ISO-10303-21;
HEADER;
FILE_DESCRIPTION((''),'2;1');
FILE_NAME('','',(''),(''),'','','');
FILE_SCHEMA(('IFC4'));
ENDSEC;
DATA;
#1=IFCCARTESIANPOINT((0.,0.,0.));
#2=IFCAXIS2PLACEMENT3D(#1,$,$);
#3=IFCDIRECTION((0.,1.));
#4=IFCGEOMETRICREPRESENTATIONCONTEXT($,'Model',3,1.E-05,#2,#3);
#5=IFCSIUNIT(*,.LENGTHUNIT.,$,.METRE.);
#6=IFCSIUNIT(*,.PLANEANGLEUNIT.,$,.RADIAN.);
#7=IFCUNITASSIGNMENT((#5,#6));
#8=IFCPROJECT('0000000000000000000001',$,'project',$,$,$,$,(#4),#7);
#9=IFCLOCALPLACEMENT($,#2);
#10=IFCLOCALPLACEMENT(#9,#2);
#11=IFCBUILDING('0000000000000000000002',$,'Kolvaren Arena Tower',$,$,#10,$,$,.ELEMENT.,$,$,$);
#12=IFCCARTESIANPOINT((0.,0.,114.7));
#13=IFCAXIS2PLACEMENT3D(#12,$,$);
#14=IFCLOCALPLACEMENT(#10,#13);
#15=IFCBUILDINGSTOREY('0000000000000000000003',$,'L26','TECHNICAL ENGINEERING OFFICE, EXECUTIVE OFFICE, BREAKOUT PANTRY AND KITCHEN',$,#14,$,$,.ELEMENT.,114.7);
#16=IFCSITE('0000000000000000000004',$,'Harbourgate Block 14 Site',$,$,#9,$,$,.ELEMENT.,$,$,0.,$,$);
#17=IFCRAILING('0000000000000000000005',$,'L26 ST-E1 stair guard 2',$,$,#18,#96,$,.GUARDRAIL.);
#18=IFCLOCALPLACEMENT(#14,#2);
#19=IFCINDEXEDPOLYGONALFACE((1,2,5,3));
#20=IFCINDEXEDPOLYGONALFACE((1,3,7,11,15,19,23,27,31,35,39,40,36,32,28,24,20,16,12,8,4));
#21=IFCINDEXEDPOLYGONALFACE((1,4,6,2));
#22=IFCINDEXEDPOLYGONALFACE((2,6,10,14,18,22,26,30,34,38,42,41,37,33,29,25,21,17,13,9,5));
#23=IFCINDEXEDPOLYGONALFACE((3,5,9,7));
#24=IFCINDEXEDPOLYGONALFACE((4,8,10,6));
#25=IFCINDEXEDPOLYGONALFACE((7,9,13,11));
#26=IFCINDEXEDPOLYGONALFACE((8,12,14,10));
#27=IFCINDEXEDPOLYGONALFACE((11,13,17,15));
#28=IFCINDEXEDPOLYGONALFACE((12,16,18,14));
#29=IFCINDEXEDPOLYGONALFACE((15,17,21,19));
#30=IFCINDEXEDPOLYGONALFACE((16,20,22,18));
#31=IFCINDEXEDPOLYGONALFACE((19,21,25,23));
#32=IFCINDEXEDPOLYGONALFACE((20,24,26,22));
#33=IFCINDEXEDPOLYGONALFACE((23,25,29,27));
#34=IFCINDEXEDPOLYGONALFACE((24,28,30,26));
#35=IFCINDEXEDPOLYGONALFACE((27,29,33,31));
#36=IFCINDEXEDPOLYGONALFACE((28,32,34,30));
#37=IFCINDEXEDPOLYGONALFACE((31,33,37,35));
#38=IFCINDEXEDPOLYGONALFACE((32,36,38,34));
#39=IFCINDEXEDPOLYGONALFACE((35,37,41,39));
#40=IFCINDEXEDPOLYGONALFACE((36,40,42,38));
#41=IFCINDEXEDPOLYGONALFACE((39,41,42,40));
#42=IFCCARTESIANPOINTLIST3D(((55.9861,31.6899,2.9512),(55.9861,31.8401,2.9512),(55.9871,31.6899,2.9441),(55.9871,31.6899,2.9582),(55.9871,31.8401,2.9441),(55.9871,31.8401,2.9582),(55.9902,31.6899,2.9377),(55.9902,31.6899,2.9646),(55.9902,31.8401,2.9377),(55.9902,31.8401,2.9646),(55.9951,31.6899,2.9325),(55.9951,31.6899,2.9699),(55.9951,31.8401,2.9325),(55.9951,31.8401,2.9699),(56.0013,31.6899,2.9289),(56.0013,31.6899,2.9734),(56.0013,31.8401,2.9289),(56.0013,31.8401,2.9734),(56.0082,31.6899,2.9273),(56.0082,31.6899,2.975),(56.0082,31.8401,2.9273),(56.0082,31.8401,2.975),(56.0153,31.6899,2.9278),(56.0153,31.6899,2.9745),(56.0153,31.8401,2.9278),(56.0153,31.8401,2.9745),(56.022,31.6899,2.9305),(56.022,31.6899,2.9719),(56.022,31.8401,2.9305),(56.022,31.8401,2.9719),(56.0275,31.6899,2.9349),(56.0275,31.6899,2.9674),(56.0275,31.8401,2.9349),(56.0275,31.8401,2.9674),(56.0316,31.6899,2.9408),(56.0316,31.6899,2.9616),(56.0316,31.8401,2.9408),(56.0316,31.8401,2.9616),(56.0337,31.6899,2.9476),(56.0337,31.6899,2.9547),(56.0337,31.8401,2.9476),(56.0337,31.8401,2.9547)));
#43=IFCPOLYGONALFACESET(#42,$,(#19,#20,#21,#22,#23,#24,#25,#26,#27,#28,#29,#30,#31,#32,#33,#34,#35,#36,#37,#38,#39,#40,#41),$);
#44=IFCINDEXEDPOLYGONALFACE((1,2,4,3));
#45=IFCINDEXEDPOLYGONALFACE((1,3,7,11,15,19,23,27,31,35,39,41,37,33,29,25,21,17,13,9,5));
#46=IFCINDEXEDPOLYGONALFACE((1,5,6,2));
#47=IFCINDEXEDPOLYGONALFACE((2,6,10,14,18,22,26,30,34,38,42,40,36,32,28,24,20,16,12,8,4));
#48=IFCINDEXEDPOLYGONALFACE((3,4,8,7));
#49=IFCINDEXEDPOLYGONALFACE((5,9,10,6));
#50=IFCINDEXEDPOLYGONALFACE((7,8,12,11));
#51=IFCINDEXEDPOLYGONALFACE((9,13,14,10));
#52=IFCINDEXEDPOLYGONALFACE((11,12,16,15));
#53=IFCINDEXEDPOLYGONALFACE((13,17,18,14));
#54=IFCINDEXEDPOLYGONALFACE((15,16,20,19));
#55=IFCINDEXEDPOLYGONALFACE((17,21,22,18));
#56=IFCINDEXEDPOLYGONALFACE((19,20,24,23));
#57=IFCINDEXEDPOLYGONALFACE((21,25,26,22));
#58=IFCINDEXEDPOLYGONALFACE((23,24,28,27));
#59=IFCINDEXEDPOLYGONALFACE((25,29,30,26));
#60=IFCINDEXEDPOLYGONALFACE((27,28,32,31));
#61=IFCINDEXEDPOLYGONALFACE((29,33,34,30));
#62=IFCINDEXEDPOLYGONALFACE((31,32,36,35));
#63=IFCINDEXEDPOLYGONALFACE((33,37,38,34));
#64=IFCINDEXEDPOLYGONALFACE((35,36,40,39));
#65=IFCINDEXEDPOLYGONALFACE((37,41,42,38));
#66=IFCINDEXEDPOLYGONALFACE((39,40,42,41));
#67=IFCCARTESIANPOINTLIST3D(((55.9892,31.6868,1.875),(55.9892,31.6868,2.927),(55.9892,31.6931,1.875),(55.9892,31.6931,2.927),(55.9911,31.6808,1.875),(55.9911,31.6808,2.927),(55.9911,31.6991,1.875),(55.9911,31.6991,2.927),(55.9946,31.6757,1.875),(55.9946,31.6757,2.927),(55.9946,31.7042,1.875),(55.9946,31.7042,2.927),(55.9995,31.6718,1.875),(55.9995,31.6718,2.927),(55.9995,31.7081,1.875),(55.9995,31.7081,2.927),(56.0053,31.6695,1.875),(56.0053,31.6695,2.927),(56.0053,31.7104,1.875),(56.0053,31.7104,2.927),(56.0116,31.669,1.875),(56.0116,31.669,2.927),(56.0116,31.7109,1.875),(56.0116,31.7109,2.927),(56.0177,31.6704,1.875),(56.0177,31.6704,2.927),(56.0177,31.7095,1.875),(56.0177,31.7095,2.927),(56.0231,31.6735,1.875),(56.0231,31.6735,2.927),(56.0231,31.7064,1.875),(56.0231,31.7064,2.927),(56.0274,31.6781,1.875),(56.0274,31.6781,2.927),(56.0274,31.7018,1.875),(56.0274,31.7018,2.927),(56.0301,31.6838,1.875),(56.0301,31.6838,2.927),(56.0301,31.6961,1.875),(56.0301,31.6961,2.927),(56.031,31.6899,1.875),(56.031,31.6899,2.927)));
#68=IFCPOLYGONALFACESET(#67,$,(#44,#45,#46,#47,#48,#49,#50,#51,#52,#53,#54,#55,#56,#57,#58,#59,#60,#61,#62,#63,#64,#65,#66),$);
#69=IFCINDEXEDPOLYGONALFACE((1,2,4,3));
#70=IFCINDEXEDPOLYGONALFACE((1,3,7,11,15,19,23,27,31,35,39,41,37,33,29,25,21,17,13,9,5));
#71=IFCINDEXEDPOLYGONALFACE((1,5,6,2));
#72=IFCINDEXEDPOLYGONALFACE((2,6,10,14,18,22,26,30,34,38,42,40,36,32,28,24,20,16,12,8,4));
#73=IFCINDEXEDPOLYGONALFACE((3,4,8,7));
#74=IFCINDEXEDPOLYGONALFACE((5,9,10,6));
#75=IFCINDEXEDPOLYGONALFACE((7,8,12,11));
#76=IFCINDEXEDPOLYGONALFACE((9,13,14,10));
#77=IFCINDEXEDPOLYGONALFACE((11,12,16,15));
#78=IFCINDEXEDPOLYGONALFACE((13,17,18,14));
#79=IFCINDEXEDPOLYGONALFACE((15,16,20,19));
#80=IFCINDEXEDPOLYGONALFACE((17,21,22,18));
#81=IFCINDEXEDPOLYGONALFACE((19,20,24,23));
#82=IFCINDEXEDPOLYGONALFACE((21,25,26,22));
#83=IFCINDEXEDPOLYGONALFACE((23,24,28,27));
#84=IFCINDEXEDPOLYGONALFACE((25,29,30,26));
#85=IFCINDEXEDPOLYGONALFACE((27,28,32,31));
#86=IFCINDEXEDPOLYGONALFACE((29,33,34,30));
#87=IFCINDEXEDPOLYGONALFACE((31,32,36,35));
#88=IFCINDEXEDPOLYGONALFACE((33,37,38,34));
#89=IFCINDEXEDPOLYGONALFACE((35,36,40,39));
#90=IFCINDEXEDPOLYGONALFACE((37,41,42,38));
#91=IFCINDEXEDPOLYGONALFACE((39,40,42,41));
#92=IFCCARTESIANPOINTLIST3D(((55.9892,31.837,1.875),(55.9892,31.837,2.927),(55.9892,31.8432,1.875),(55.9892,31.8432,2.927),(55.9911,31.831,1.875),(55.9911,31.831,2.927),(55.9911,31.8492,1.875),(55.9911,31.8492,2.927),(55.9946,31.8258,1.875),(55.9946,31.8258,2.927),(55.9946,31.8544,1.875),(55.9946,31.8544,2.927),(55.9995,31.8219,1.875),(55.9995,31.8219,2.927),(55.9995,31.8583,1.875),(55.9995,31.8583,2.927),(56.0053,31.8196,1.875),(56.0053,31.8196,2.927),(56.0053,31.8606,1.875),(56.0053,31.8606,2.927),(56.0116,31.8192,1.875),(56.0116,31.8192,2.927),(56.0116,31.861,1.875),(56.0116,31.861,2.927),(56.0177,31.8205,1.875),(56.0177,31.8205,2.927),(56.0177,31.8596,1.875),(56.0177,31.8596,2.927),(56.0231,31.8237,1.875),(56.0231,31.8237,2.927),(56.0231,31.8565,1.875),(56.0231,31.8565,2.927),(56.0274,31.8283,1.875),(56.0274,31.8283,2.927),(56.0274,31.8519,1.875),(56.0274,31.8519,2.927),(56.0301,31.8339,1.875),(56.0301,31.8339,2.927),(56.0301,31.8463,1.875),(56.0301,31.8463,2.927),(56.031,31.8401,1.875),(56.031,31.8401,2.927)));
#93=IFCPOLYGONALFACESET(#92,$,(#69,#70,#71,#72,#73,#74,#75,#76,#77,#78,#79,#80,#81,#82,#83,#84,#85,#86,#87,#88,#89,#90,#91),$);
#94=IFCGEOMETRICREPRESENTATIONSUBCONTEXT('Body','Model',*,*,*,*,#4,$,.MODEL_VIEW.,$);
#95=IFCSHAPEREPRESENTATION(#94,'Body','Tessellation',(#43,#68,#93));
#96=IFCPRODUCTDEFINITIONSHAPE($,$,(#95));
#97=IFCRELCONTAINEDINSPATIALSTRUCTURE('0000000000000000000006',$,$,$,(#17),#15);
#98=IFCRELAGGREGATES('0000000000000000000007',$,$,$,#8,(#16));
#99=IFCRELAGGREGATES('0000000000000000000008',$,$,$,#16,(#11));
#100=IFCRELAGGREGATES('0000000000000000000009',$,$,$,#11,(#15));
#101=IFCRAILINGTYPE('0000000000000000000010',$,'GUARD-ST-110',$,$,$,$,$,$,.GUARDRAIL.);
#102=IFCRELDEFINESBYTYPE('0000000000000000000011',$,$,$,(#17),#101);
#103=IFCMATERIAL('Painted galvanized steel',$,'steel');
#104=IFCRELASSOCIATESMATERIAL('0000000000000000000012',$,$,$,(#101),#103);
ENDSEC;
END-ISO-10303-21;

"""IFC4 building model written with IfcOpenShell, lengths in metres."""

from ifc_helpers import new_model, si_unit, direction, frame, origin, origin_2d, place, context, subcontext, project, spatial, circle, extrude, material, type_object, element, save


model = new_model("IFC4")

# Units and contexts
model_context = context("Model", 3, precision=1e-05, world=origin(), true_north=direction((0.0, 1.0)))
body_context = subcontext(model_context, "Body", "Model", "MODEL_VIEW")
ifc_project = project(units=[si_unit("LENGTHUNIT", "METRE"), si_unit("PLANEANGLEUNIT", "RADIAN")], contexts=[model_context])

# Site, building, storey
site_placement = place(None, origin())
site = spatial("IfcSite", under=ifc_project, at=site_placement, Name="Harbourgate Block 14 Site", CompositionType="ELEMENT", RefElevation=0.0)
building_placement = place(site_placement, origin())
building = spatial("IfcBuilding", under=site, at=building_placement, Name="Kolvaren Arena Tower", CompositionType="ELEMENT")
storey_placement = place(building_placement, frame((0.0, 0.0, 114.7)))
storey = spatial("IfcBuildingStorey", under=building, at=storey_placement, Name="L26", Description="TECHNICAL ENGINEERING OFFICE, EXECUTIVE OFFICE, BREAKOUT PANTRY AND KITCHEN", CompositionType="ELEMENT", Elevation=114.7)

# Railing
ifc_material_1 = material(Name="Painted galvanized steel", Category="steel")
railing_type_1 = type_object("IfcRailingType", Name="GUARD-ST-110", PredefinedType="GUARDRAIL", material=ifc_material_1)
railing_1_placement = place(storey_placement, frame((56.01, 31.6899, 1.875)))
element("IfcRailing", 1, at=railing_1_placement, inside=storey, type_object=railing_type_1, Name="L26 ST-E1 stair guard 2", PredefinedType="GUARDRAIL", context=body_context, shape_type="SweptSolid", body=[
    extrude(circle(Radius=0.0239, at=origin_2d()), frame((0.0, 0.0, 1.0762), z_axis=(0.0, 1.0, 0.0), x_axis=(-1.0, 0.0, 0.0)), (0.0, 0.0, 1.0), 0.1501),
    extrude(circle(Radius=0.021, at=origin_2d()), origin(), (0.0, 0.0, 1.0), 1.052),
    extrude(circle(Radius=0.021, at=origin_2d()), frame((0.0, 0.1501, 0.0)), (0.0, 0.0, 1.0), 1.052),
])

save(model, "model.ifc")
